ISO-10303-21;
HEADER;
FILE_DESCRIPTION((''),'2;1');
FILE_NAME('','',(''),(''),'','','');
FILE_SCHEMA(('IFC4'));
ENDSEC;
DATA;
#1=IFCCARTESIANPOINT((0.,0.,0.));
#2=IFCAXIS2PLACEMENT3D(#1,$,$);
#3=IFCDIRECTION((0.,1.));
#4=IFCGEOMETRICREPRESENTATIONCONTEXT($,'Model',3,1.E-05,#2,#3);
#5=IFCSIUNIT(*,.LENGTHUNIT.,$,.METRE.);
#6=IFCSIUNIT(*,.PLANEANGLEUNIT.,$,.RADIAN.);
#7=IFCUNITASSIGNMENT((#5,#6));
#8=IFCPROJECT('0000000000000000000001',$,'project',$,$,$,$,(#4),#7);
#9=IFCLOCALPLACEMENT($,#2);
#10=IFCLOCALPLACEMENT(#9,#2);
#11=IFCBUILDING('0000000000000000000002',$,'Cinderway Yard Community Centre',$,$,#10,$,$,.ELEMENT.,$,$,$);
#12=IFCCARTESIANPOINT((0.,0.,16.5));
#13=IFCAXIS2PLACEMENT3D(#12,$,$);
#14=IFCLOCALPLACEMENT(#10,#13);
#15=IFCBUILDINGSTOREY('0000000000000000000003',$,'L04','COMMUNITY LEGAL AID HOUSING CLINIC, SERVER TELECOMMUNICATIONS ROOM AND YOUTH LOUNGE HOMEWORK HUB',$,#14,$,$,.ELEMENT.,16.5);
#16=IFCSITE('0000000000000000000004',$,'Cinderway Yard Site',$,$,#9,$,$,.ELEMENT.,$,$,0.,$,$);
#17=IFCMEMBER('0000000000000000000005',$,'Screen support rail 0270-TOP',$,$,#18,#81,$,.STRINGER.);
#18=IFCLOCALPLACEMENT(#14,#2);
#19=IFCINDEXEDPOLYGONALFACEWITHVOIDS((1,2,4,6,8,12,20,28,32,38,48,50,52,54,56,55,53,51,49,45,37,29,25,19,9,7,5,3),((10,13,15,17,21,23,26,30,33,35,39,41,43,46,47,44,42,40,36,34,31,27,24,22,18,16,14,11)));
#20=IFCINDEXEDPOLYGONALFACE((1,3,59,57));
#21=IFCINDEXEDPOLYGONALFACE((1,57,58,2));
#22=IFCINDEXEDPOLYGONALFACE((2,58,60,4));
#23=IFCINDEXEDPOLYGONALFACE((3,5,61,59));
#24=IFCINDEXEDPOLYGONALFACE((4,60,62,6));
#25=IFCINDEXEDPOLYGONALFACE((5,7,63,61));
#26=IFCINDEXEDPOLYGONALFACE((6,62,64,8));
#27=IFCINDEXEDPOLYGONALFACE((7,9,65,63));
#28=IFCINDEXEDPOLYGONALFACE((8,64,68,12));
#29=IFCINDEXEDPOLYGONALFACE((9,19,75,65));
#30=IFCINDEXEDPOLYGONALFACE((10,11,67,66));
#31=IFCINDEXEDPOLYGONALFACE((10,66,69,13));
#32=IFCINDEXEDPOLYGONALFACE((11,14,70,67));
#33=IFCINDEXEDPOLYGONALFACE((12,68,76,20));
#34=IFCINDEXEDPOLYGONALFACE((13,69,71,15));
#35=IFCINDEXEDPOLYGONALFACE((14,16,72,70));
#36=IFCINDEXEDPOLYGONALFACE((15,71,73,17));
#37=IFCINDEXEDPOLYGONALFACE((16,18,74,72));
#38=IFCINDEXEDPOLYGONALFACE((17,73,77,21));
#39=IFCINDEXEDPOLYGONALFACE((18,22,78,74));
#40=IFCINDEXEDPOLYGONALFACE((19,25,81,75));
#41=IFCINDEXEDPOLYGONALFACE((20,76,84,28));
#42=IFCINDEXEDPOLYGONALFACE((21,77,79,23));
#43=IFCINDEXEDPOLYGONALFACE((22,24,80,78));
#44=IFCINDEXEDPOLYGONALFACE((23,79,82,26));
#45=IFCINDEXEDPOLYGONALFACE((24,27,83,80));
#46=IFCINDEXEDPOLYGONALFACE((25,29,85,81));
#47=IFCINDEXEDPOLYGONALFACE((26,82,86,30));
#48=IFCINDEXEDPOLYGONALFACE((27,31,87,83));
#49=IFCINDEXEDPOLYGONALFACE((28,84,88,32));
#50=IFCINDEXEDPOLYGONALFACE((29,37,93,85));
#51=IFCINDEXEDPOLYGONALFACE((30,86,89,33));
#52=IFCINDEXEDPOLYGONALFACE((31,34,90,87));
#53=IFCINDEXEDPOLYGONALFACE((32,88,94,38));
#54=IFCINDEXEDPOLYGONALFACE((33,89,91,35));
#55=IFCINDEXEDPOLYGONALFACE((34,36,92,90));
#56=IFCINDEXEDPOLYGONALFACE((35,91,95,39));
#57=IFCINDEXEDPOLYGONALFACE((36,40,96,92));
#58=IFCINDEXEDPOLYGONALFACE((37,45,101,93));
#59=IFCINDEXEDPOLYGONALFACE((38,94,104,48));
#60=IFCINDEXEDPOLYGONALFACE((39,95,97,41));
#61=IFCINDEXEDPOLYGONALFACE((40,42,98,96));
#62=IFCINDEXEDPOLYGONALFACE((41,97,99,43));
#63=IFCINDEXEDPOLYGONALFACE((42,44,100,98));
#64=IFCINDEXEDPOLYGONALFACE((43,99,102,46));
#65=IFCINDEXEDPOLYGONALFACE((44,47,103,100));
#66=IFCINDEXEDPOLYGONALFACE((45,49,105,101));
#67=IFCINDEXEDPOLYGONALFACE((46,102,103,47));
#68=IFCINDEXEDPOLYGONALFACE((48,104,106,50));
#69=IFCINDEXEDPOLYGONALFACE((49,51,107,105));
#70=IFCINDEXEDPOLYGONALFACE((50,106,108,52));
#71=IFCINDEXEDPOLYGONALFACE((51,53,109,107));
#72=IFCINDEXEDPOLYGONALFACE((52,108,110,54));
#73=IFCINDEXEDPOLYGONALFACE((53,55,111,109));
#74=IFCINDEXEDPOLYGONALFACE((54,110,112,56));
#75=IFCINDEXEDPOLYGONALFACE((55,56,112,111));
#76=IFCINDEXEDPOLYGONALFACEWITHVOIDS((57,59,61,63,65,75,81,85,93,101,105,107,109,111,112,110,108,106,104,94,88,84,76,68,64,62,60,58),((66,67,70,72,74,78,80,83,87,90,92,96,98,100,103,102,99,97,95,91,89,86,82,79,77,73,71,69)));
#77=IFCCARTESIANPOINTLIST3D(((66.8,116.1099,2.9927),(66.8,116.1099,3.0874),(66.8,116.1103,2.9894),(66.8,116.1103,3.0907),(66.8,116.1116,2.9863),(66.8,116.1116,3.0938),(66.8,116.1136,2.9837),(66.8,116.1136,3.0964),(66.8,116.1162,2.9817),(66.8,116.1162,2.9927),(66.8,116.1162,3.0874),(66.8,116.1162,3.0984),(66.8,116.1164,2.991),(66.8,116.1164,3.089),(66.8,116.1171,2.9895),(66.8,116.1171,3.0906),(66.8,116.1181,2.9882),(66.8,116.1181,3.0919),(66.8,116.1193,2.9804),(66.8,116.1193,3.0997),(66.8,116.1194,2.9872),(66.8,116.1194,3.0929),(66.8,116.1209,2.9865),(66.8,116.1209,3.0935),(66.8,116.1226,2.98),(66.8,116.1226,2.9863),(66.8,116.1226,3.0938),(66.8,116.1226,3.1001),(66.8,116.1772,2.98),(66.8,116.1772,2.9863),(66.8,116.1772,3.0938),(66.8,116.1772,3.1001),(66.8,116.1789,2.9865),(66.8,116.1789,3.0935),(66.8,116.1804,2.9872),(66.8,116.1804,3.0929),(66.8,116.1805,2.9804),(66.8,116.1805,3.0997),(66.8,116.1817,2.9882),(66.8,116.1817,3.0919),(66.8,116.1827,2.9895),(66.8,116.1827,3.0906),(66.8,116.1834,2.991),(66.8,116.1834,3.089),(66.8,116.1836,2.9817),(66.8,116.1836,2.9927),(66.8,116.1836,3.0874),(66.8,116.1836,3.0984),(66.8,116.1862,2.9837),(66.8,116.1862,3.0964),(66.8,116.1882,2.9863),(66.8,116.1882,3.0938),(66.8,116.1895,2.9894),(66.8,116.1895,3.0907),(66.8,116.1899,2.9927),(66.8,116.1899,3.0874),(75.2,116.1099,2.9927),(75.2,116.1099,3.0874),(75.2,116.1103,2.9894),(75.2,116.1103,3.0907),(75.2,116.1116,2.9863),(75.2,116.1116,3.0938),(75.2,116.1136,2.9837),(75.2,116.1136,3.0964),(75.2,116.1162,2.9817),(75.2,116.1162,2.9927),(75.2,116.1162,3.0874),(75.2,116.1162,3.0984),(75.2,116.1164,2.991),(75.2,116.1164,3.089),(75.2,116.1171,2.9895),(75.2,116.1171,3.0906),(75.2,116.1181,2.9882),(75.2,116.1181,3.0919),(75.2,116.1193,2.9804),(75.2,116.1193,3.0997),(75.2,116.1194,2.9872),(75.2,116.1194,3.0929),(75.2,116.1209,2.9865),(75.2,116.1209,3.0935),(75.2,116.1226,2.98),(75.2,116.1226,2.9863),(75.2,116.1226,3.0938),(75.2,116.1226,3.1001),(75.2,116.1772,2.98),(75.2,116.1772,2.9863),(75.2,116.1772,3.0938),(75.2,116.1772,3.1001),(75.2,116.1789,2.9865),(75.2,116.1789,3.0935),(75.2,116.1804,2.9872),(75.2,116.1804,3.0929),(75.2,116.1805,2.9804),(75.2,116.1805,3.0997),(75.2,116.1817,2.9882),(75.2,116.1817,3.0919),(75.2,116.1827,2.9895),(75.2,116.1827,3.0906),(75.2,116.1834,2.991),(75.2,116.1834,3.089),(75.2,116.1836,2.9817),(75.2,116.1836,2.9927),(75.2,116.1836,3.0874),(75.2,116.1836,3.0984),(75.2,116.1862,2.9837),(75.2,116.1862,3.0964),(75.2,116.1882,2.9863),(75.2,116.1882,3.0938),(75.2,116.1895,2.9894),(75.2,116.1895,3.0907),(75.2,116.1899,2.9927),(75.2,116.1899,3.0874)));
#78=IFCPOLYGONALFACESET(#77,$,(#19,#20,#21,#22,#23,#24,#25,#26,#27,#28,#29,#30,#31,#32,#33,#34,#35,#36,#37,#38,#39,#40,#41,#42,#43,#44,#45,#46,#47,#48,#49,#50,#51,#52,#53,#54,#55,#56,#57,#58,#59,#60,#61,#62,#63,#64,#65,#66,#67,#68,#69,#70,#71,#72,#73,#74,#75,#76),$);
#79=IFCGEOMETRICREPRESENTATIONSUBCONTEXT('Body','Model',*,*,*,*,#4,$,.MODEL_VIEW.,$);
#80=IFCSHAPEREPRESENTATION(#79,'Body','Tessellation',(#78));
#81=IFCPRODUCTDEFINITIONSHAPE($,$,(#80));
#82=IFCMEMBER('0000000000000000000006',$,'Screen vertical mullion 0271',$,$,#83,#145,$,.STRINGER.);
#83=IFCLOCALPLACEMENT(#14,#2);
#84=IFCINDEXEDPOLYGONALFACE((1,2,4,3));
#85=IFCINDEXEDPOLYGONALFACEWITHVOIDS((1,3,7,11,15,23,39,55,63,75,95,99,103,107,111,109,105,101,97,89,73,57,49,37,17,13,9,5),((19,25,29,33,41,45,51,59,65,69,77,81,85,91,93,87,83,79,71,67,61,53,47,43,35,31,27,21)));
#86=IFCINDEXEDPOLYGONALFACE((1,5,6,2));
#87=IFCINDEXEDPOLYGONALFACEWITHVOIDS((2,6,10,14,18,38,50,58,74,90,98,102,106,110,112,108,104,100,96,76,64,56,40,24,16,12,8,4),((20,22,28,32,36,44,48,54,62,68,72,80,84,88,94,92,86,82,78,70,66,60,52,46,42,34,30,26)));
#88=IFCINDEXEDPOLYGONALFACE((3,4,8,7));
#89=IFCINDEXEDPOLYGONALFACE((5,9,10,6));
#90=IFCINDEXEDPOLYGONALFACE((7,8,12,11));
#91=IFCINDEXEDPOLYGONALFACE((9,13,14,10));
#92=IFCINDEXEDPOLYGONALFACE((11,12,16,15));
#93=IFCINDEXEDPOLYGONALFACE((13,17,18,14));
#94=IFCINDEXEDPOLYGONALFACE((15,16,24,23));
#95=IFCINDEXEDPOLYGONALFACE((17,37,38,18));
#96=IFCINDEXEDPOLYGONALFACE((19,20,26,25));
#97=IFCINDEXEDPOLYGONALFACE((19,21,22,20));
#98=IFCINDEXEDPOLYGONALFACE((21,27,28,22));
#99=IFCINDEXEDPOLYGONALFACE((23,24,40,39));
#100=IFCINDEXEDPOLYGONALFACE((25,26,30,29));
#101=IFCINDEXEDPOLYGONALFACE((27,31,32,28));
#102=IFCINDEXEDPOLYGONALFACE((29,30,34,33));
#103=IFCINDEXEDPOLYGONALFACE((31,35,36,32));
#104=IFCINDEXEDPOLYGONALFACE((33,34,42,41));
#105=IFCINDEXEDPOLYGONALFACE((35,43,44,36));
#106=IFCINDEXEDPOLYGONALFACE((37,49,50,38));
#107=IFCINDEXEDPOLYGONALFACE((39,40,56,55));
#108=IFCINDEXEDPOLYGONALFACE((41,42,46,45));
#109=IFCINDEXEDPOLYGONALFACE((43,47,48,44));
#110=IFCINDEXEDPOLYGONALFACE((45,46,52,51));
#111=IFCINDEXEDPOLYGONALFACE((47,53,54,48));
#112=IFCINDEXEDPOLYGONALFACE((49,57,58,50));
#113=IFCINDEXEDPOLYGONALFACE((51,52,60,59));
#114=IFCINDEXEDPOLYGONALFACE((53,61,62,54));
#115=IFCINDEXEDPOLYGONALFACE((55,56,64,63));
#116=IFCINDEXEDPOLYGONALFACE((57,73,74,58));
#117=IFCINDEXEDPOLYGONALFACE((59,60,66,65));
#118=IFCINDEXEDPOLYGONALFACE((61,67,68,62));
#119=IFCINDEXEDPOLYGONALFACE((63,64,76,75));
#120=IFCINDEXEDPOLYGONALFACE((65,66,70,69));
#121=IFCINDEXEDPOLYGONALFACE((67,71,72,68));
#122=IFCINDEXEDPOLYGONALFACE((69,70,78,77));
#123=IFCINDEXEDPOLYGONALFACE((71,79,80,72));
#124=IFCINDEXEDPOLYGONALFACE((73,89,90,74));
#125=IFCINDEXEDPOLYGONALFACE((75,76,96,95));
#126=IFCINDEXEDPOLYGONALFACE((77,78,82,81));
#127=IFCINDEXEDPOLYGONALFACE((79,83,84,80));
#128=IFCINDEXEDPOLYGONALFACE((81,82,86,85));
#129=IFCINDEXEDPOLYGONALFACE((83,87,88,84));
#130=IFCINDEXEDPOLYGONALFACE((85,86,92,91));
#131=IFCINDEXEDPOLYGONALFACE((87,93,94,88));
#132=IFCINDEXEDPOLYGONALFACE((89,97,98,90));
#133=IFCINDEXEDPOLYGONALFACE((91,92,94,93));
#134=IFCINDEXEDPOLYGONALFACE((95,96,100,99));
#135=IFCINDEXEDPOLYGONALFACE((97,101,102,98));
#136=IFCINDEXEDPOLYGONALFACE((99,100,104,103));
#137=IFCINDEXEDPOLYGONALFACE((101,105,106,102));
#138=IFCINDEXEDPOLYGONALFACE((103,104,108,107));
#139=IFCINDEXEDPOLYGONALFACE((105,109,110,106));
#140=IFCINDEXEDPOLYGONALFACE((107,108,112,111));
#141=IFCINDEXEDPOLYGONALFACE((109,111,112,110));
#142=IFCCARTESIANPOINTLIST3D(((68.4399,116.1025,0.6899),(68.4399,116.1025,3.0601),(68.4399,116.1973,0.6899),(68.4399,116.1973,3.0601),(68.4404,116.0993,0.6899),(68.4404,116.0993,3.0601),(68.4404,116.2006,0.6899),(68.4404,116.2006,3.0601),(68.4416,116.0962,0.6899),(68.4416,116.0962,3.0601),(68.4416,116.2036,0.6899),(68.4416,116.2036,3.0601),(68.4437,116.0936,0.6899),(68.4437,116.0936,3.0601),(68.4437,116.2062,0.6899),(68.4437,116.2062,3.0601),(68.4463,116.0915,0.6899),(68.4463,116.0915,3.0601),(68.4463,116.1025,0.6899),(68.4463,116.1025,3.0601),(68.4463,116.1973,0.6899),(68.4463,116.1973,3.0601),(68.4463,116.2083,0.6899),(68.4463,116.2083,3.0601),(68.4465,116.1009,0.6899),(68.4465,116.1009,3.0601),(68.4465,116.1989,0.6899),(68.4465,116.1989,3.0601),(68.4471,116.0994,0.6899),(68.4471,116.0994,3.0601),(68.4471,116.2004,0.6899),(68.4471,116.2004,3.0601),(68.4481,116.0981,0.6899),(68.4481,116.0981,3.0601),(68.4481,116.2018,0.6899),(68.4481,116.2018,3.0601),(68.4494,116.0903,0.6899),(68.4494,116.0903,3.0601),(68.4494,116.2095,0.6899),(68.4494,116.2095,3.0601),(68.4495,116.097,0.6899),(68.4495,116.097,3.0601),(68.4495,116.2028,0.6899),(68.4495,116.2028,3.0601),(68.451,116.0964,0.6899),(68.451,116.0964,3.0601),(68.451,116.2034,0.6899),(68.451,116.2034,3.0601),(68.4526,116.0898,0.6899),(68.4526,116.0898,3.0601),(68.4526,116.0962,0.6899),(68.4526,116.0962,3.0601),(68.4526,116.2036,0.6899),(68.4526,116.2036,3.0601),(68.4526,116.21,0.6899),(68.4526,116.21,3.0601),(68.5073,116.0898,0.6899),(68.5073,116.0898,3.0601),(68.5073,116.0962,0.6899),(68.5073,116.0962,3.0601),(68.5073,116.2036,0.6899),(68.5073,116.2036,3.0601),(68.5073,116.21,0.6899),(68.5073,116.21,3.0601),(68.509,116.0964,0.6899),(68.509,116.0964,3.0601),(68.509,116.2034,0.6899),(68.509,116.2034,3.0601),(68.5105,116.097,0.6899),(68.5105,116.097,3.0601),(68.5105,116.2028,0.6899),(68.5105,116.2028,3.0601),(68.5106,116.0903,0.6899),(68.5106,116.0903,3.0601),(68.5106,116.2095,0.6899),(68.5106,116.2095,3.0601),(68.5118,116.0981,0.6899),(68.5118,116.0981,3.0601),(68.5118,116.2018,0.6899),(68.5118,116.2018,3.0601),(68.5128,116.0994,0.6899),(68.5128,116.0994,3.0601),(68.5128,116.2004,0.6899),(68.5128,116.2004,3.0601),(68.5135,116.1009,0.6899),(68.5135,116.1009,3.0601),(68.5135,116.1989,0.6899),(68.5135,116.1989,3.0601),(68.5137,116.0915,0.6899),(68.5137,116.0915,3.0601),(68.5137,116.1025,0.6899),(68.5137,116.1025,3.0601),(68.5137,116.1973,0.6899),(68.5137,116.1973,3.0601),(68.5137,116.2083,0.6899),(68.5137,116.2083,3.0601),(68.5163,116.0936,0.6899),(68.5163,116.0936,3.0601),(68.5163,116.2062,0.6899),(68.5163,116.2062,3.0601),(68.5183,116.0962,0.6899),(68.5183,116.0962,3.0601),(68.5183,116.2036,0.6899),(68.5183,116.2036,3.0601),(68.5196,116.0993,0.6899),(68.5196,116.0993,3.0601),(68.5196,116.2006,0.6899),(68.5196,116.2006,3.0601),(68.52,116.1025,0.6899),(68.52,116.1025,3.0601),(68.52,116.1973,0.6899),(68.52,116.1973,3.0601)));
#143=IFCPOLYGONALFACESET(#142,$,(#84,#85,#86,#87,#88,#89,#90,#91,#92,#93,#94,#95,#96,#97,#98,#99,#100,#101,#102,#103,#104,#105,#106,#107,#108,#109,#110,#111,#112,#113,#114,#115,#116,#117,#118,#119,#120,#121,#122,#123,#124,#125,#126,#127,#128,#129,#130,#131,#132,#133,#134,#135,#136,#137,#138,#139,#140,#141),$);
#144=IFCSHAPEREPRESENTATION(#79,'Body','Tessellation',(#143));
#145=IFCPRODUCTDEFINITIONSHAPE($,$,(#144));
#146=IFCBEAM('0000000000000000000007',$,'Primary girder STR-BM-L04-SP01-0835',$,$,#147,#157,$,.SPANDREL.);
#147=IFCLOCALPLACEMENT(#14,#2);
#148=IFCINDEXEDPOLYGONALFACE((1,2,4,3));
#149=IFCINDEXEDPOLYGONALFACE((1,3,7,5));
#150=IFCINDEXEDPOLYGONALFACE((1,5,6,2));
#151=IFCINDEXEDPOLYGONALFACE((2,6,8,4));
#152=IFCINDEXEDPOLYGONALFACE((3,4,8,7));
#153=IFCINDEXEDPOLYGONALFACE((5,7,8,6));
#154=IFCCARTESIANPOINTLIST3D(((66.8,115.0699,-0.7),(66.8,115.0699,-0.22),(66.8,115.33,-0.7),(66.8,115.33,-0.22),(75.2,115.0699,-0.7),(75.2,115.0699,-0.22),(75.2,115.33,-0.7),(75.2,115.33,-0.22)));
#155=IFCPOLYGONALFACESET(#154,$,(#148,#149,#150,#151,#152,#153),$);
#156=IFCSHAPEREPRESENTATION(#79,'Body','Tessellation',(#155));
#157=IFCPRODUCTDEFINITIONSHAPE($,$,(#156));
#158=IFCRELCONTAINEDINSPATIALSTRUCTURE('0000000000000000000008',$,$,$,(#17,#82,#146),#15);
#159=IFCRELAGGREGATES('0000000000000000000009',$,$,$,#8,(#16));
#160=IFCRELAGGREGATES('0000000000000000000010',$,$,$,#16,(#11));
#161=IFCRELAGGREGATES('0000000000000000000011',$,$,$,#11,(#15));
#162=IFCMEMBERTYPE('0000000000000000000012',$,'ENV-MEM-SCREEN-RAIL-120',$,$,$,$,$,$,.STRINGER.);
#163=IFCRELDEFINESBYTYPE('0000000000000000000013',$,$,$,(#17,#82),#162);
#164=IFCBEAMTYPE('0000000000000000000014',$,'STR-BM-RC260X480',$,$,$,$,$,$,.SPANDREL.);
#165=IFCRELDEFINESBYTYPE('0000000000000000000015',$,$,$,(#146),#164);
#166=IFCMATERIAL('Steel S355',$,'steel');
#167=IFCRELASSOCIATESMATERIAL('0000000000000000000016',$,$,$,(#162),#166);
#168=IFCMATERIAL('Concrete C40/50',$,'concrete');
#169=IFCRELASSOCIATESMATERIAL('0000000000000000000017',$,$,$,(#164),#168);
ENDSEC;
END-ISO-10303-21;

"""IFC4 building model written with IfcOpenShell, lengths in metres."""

from ifc_helpers import new_model, si_unit, direction, frame, origin, origin_2d, place, context, subcontext, project, spatial, rectangle, hollow_rectangle, extrude, material, material_profile, profile_set, type_object, element, save


model = new_model("IFC4")

# Units and contexts
model_context = context("Model", 3, precision=1e-05, world=origin(), true_north=direction((0.0, 1.0)))
body_context = subcontext(model_context, "Body", "Model", "MODEL_VIEW")
ifc_project = project(units=[si_unit("LENGTHUNIT", "METRE"), si_unit("PLANEANGLEUNIT", "RADIAN")], contexts=[model_context])

# Site, building, storey
site_placement = place(None, origin())
site = spatial("IfcSite", under=ifc_project, at=site_placement, Name="Cinderway Yard Site", CompositionType="ELEMENT", RefElevation=0.0)
building_placement = place(site_placement, origin())
building = spatial("IfcBuilding", under=site, at=building_placement, Name="Cinderway Yard Community Centre", CompositionType="ELEMENT")
storey_placement = place(building_placement, frame((0.0, 0.0, 16.5)))
storey = spatial("IfcBuildingStorey", under=building, at=storey_placement, Name="L04", Description="COMMUNITY LEGAL AID HOUSING CLINIC, SERVER TELECOMMUNICATIONS ROOM AND YOUTH LOUNGE HOMEWORK HUB", CompositionType="ELEMENT", Elevation=16.5)

# Shared definitions
ifc_material_1 = material(Name="Concrete C40/50", Category="concrete")

# Members
ifc_material_2 = material(Name="Steel S355", Category="steel")
ifc_material_profile_1 = material_profile(ifc_material_2, hollow_rectangle(XDim=0.0801, YDim=0.1201, WallThickness=0.0063, InnerFilletRadius=0.0063, OuterFilletRadius=0.0127, at=origin_2d()), Name="Steel S355")
ifc_profile_set_1 = profile_set([ifc_material_profile_1], Name="Steel S355")
member_type_1 = type_object("IfcMemberType", Name="ENV-MEM-SCREEN-RAIL-120", PredefinedType="STRINGER", material=ifc_profile_set_1)
for number, where, z_axis, x_axis, name in (
    (1, (66.8, 116.1499, 3.04), (1.0, 0.0, 0.0), (0.0, 1.0, 0.0), "Screen support rail 0270-TOP"),
):
    element("IfcMember", number, at=place(storey_placement, frame(where, z_axis=z_axis, x_axis=x_axis)), inside=storey, type_object=member_type_1, Name=name, PredefinedType="STRINGER", context=body_context, shape_type="SweptSolid", body=[
        extrude(hollow_rectangle(XDim=0.0801, YDim=0.1201, WallThickness=0.0063, InnerFilletRadius=0.0063, OuterFilletRadius=0.0127, at=origin_2d()), origin(), (0.0, 0.0, 1.0), 8.3999),
    ])
member_1_placement = place(storey_placement, frame((68.48, 116.1499, 0.6899), z_axis=(0.0, 0.0, 1.0), x_axis=(1.0, 0.0, 0.0)))
element("IfcMember", 2, at=member_1_placement, inside=storey, type_object=member_type_1, Name="Screen vertical mullion 0271", PredefinedType="STRINGER", context=body_context, shape_type="SweptSolid", body=[
    extrude(hollow_rectangle(XDim=0.0801, YDim=0.1201, WallThickness=0.0063, InnerFilletRadius=0.0063, OuterFilletRadius=0.0127, at=origin_2d()), origin(), (0.0, 0.0, 1.0), 2.3701),
])

# Beam
ifc_material_profile_2 = material_profile(ifc_material_1, rectangle(XDim=0.26, YDim=0.48, at=origin_2d()), Name="Concrete C40/50")
ifc_profile_set_2 = profile_set([ifc_material_profile_2], Name="Concrete C40/50")
beam_type = type_object("IfcBeamType", Name="STR-BM-RC260X480", PredefinedType="SPANDREL", material=ifc_profile_set_2)
beam_placement = place(storey_placement, frame((66.8, 115.2, -0.46), z_axis=(1.0, 0.0, 0.0), x_axis=(0.0, 1.0, 0.0)))
element("IfcBeam", 3, at=beam_placement, inside=storey, type_object=beam_type, Name="Primary girder STR-BM-L04-SP01-0835", PredefinedType="SPANDREL", context=body_context, shape_type="SweptSolid", body=[
    extrude(rectangle(XDim=0.26, YDim=0.48, at=origin_2d()), origin(), (0.0, 0.0, 1.0), 8.3999),
])

save(model, "model.ifc")
